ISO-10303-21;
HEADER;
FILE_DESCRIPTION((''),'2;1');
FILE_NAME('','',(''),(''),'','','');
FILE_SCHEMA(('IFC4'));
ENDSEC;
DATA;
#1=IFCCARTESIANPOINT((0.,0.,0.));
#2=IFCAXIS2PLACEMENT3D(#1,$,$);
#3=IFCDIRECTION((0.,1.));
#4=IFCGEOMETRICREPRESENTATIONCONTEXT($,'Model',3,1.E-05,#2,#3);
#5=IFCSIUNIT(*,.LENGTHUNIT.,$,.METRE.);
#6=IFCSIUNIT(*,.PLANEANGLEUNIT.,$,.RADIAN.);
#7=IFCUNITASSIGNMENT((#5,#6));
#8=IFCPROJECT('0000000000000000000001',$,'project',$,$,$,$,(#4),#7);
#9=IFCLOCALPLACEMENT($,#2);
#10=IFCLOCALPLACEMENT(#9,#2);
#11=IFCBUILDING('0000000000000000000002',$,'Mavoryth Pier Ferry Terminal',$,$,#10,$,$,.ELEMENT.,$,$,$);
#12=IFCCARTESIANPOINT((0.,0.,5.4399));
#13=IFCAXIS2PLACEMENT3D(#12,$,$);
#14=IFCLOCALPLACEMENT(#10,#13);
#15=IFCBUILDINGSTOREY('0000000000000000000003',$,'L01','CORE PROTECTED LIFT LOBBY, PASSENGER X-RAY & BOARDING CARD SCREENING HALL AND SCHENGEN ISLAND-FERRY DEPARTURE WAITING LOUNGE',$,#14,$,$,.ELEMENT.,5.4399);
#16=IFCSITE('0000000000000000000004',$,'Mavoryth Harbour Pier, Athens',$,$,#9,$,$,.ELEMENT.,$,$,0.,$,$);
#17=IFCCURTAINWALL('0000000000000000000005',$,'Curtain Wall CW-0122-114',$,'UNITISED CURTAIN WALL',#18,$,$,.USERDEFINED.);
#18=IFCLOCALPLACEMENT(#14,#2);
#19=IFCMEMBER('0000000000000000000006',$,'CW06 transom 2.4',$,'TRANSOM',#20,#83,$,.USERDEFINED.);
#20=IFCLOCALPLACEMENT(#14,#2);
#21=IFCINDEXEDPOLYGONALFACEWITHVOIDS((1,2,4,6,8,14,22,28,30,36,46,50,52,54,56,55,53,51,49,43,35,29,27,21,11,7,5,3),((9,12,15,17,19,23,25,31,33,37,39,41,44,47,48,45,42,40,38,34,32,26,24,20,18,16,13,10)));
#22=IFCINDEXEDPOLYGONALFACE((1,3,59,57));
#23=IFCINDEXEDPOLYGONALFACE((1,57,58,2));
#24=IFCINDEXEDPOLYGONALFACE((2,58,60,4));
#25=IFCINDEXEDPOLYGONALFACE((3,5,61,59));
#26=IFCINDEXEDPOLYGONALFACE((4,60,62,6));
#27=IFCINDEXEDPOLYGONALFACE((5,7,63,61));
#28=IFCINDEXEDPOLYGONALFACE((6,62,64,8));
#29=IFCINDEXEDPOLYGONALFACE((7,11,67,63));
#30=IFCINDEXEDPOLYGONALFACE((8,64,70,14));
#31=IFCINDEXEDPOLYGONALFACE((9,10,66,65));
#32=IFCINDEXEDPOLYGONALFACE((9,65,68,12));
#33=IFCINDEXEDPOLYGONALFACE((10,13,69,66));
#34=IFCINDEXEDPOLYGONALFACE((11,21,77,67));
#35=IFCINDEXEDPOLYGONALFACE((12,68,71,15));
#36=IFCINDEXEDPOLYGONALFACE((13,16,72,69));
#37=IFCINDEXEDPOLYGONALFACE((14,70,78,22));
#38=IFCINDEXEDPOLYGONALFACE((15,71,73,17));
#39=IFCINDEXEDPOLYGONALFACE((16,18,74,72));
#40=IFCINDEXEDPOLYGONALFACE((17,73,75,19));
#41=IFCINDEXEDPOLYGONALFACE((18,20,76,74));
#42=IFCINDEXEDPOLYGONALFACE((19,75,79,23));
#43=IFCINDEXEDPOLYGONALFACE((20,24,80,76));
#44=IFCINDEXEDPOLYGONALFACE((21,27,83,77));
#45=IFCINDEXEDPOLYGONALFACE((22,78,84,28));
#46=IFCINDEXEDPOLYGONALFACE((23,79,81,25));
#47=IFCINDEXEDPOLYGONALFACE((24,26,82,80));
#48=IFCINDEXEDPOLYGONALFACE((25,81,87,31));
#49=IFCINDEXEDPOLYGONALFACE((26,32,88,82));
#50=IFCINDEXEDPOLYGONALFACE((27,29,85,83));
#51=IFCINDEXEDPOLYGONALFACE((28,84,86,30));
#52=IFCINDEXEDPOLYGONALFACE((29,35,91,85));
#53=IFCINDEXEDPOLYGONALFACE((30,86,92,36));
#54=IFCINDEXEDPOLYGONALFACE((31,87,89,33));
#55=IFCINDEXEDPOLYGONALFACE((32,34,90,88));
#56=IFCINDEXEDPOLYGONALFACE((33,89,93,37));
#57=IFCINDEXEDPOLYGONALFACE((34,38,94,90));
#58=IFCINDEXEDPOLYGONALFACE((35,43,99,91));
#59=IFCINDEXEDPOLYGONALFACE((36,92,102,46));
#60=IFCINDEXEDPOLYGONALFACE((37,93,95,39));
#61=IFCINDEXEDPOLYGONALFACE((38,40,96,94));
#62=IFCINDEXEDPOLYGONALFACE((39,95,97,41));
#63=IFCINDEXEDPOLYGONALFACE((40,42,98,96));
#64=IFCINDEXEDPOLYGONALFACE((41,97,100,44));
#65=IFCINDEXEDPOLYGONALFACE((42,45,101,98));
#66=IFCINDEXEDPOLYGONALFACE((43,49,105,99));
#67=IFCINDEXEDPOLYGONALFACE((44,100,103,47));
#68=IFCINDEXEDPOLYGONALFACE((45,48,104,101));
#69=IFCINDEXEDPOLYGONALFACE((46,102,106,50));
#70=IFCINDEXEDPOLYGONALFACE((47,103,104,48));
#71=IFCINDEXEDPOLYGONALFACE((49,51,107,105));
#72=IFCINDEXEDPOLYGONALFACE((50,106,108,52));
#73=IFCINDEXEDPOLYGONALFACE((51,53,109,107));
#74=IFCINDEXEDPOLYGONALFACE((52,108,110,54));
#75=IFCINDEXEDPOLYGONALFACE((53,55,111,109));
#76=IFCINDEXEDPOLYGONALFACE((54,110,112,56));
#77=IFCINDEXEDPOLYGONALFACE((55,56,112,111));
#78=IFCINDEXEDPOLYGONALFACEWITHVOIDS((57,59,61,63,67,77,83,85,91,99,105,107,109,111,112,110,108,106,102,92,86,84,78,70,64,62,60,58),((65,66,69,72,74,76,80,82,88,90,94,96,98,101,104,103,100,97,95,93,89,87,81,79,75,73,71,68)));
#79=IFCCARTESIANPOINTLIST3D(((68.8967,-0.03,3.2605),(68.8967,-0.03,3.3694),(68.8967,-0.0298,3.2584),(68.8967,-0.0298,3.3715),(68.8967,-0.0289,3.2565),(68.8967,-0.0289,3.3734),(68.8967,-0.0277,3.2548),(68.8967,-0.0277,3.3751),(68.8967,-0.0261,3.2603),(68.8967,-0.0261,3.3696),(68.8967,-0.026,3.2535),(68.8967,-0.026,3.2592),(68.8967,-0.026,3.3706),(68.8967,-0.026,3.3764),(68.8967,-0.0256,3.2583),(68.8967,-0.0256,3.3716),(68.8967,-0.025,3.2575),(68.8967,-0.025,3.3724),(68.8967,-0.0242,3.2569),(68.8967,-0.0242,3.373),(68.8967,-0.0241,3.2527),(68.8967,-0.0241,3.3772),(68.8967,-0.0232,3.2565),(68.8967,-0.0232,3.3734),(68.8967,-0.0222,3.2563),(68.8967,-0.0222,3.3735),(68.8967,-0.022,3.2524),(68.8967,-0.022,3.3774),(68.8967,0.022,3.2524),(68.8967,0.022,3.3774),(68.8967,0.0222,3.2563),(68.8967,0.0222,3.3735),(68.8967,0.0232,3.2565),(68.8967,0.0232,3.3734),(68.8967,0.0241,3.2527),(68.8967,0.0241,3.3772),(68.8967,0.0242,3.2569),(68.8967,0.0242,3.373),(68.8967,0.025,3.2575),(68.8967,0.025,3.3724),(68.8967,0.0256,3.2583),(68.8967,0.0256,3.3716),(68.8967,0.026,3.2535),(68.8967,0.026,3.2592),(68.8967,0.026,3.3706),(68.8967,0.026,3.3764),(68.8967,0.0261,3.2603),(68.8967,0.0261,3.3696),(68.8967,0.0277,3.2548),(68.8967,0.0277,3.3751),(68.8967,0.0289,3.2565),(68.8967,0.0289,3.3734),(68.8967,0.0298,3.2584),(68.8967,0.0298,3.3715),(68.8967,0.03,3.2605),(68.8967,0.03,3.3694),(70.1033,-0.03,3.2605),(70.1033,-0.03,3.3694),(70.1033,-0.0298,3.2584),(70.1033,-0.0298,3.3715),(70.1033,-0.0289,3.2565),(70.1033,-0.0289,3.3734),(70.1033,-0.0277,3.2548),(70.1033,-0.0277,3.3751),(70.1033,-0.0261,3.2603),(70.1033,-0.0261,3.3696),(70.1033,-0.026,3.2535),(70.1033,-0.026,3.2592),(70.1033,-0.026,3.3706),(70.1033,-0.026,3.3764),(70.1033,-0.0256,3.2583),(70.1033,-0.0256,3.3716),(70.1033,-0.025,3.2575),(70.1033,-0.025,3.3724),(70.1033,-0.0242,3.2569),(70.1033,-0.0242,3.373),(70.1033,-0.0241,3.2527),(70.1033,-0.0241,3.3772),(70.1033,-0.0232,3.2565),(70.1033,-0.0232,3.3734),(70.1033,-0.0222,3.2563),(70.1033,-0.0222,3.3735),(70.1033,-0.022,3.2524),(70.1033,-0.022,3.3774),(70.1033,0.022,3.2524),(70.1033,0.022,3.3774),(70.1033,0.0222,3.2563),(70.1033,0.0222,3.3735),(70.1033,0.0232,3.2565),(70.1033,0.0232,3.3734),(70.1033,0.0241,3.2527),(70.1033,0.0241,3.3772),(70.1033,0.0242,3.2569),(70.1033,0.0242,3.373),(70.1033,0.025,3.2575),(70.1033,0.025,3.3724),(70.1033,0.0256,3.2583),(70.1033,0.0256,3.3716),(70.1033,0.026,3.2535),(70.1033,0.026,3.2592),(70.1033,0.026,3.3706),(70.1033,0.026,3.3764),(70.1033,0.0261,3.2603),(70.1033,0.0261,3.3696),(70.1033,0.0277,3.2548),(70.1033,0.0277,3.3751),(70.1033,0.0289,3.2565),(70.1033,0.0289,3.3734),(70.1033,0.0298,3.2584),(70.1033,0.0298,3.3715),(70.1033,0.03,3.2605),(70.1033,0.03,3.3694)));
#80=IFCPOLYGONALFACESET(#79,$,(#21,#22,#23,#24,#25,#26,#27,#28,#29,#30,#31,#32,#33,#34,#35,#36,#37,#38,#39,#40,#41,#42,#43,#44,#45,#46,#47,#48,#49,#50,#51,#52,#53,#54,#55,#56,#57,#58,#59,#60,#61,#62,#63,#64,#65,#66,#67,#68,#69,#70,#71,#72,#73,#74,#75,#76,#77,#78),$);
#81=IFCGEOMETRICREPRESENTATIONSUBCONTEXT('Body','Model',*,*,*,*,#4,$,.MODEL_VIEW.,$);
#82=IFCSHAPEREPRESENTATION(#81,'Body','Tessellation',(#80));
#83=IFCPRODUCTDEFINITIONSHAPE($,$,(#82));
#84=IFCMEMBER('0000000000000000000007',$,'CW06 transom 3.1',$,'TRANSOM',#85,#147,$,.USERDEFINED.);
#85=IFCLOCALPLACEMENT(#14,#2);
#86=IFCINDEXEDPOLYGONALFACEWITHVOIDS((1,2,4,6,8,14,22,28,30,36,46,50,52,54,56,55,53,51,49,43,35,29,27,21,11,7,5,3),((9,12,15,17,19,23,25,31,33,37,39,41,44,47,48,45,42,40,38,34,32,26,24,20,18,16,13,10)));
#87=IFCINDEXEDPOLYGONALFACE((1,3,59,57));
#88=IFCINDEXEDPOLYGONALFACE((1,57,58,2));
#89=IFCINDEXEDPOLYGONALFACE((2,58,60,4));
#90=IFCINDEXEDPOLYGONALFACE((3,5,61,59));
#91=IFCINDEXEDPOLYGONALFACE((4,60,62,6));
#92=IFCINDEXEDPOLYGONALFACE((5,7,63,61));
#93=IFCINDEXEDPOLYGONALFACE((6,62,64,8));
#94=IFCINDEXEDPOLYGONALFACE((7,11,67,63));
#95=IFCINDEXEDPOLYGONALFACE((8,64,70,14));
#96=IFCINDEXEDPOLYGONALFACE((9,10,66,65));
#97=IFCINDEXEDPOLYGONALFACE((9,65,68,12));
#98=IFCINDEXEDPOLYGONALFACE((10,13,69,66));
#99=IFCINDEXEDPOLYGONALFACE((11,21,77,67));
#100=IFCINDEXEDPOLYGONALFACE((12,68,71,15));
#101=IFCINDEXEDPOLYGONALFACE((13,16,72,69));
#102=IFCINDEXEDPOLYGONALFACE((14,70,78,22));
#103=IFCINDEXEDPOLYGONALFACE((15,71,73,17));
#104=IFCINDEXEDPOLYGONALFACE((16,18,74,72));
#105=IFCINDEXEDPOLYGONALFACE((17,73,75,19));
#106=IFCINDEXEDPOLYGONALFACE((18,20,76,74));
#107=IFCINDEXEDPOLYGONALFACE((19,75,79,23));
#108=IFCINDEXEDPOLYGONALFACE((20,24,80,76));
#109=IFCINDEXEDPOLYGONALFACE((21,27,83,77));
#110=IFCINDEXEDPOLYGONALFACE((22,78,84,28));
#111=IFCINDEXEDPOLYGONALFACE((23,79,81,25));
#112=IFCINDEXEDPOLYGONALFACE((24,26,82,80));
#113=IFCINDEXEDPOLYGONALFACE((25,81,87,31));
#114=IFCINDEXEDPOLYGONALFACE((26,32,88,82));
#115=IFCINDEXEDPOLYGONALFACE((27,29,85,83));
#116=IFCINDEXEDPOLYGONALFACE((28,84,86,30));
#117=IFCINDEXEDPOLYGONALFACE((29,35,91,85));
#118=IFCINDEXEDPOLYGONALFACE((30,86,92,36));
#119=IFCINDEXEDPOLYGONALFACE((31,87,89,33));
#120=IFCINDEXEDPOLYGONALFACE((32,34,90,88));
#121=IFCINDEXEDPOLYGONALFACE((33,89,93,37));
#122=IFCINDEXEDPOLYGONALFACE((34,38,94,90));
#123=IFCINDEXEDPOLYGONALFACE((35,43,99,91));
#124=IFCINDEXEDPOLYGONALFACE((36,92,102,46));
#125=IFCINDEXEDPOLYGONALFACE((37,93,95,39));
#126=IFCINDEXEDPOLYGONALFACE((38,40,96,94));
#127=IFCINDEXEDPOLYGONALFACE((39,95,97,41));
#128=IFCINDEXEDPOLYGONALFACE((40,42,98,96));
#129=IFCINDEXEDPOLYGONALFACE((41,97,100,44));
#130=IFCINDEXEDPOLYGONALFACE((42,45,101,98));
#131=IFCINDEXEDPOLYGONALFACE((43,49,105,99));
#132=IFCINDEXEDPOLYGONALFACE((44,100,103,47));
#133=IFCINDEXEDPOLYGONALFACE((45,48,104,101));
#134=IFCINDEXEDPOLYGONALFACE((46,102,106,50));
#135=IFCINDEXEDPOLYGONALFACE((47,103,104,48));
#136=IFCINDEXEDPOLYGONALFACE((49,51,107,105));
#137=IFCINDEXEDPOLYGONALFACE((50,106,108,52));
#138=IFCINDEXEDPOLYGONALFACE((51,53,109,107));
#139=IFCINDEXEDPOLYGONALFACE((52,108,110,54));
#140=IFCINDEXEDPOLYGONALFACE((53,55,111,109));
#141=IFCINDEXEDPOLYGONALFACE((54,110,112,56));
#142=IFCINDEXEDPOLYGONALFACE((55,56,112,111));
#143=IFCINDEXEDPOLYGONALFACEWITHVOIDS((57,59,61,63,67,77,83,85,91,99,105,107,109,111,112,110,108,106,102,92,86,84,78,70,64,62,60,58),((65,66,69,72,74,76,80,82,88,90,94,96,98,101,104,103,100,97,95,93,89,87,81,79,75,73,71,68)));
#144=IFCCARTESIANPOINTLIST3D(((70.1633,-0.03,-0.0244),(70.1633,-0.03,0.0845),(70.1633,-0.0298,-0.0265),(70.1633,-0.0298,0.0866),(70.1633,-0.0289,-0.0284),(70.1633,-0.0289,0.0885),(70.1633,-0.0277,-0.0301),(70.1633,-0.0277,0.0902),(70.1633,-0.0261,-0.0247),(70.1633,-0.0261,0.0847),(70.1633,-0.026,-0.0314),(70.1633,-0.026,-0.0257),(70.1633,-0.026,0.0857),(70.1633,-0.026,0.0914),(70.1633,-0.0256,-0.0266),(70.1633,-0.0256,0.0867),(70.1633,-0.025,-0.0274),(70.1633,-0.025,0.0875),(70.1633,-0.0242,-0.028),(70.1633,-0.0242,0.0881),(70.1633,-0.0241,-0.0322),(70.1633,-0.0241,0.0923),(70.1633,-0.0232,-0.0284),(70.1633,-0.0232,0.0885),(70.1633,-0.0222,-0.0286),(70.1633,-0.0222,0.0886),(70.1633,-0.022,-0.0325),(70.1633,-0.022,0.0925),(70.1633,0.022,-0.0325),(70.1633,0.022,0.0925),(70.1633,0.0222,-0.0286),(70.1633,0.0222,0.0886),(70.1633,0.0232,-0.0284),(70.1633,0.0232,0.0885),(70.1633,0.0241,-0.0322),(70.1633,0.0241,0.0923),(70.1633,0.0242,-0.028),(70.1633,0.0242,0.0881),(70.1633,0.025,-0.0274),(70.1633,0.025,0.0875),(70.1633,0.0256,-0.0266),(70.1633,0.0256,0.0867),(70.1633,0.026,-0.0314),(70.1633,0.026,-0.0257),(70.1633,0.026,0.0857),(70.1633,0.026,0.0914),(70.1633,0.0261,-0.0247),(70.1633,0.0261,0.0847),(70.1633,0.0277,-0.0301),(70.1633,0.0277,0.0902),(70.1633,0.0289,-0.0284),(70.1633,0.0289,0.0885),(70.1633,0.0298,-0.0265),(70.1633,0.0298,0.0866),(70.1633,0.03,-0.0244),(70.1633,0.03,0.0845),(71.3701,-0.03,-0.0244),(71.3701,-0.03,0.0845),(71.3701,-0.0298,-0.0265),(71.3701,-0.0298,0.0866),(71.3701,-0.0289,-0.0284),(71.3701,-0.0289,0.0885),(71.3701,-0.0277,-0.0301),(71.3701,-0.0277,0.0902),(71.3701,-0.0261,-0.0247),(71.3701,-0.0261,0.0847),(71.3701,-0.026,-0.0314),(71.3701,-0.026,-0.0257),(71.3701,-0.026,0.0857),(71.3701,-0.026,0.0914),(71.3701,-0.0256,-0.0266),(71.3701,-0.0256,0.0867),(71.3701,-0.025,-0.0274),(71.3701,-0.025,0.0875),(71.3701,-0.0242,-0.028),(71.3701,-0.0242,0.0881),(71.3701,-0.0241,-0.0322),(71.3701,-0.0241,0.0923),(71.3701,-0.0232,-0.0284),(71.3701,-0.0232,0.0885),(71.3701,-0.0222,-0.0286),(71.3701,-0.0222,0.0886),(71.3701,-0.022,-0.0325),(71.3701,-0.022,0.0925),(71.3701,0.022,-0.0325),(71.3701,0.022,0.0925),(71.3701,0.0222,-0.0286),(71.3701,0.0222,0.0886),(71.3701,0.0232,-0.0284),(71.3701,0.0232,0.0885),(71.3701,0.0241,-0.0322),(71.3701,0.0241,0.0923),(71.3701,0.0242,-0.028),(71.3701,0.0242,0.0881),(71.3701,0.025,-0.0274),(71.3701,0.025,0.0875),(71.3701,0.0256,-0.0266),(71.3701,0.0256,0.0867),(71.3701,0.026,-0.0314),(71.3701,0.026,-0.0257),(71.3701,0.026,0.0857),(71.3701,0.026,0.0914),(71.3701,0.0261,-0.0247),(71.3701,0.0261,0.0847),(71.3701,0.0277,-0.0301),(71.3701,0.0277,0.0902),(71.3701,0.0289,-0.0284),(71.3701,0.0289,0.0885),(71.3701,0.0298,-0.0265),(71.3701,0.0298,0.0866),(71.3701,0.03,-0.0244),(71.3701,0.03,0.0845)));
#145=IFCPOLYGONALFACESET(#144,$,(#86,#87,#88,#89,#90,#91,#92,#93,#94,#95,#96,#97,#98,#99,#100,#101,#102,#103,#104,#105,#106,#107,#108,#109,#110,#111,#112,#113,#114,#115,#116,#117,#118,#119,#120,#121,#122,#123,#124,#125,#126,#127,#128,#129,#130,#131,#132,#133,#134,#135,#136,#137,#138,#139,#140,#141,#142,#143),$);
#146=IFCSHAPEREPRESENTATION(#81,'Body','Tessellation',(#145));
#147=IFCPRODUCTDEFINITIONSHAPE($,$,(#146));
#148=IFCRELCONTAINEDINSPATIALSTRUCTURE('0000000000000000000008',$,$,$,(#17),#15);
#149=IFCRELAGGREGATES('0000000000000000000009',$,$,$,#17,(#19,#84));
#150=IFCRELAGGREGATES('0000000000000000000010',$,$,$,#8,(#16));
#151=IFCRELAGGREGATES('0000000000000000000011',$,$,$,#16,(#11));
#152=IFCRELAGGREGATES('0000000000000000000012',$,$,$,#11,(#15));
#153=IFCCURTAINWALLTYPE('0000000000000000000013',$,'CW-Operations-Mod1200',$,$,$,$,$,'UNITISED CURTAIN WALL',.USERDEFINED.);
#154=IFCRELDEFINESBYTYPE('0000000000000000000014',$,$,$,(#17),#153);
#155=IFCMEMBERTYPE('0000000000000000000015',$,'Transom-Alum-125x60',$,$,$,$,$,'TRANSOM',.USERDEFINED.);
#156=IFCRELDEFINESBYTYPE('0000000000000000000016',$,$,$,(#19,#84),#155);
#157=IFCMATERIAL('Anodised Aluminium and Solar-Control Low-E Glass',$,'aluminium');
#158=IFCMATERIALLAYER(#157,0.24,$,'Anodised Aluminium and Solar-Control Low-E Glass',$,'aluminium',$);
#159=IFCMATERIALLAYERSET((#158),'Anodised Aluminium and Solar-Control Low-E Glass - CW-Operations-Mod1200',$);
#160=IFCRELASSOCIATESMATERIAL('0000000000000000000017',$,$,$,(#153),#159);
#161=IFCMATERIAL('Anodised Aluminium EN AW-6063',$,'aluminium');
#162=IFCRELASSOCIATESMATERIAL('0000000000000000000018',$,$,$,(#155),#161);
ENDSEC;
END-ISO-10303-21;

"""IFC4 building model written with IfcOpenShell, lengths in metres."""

from ifc_helpers import new_model, si_unit, direction, frame, origin, origin_2d, place, context, subcontext, project, spatial, hollow_rectangle, extrude, material, layer, layer_set, material_profile, profile_set, type_object, element, aggregate, save


model = new_model("IFC4")

# Units and contexts
model_context = context("Model", 3, precision=1e-05, world=origin(), true_north=direction((0.0, 1.0)))
body_context = subcontext(model_context, "Body", "Model", "MODEL_VIEW")
ifc_project = project(units=[si_unit("LENGTHUNIT", "METRE"), si_unit("PLANEANGLEUNIT", "RADIAN")], contexts=[model_context])

# Site, building, storey
site_placement = place(None, origin())
site = spatial("IfcSite", under=ifc_project, at=site_placement, Name="Mavoryth Harbour Pier, Athens", CompositionType="ELEMENT", RefElevation=0.0)
building_placement = place(site_placement, origin())
building = spatial("IfcBuilding", under=site, at=building_placement, Name="Mavoryth Pier Ferry Terminal", CompositionType="ELEMENT")
storey_placement = place(building_placement, frame((0.0, 0.0, 5.4399)))
storey = spatial("IfcBuildingStorey", under=building, at=storey_placement, Name="L01", Description="CORE PROTECTED LIFT LOBBY, PASSENGER X-RAY & BOARDING CARD SCREENING HALL AND SCHENGEN ISLAND-FERRY DEPARTURE WAITING LOUNGE", CompositionType="ELEMENT", Elevation=5.4399)

# Curtain wall
ifc_material_1 = material(Name="Anodised Aluminium and Solar-Control Low-E Glass", Category="aluminium")
ifc_layer_1 = layer(ifc_material_1, 0.24, Name="Anodised Aluminium and Solar-Control Low-E Glass", Category="aluminium")
ifc_layer_set_1 = layer_set([ifc_layer_1], Name="Anodised Aluminium and Solar-Control Low-E Glass - CW-Operations-Mod1200")
curtain_wall_type = type_object("IfcCurtainWallType", Name="CW-Operations-Mod1200", ElementType="UNITISED CURTAIN WALL", PredefinedType="USERDEFINED", material=ifc_layer_set_1)
curtain_wall_placement = place(storey_placement, origin())
curtain_wall = element("IfcCurtainWall", 1, at=curtain_wall_placement, inside=storey, type_object=curtain_wall_type, Name="Curtain Wall CW-0122-114", ObjectType="UNITISED CURTAIN WALL", PredefinedType="USERDEFINED")
ifc_material_2 = material(Name="Anodised Aluminium EN AW-6063", Category="aluminium")

# Members
ifc_material_profile_1 = material_profile(ifc_material_2, hollow_rectangle(XDim=0.0601, YDim=0.125, WallThickness=0.0039, InnerFilletRadius=0.0039, OuterFilletRadius=0.0081, at=origin_2d()), Name="AL-TRAN 125x60x4", Category="aluminium")
ifc_profile_set_1 = profile_set([ifc_material_profile_1], Name="Anodised Aluminium EN AW-6063 - AL-TRAN 125x60x4")
member_type_1 = type_object("IfcMemberType", Name="Transom-Alum-125x60", ElementType="TRANSOM", PredefinedType="USERDEFINED", material=ifc_profile_set_1)
member_1_placement = place(storey_placement, frame((68.8967, 0.0, 3.3149), z_axis=(1.0, 0.0, 0.0), x_axis=(0.0, 1.0, 0.0)))
member_1 = element("IfcMember", 2, at=member_1_placement, type_object=member_type_1, Name="CW06 transom 2.4", ObjectType="TRANSOM", PredefinedType="USERDEFINED", context=body_context, shape_type="SweptSolid", body=[
    extrude(hollow_rectangle(XDim=0.0601, YDim=0.125, WallThickness=0.0039, InnerFilletRadius=0.0039, OuterFilletRadius=0.0081, at=origin_2d()), origin(), (0.0, 0.0, 1.0), 1.2065),
])
member_2_placement = place(storey_placement, frame((70.1633, 0.0, 0.03), z_axis=(1.0, 0.0, 0.0), x_axis=(0.0, 1.0, 0.0)))
member_2 = element("IfcMember", 3, at=member_2_placement, type_object=member_type_1, Name="CW06 transom 3.1", ObjectType="TRANSOM", PredefinedType="USERDEFINED", context=body_context, shape_type="SweptSolid", body=[
    extrude(hollow_rectangle(XDim=0.0601, YDim=0.125, WallThickness=0.0039, InnerFilletRadius=0.0039, OuterFilletRadius=0.0081, at=origin_2d()), origin(), (0.0, 0.0, 1.0), 1.2068),
])

aggregate(curtain_wall, [member_1, member_2])

save(model, "model.ifc")
